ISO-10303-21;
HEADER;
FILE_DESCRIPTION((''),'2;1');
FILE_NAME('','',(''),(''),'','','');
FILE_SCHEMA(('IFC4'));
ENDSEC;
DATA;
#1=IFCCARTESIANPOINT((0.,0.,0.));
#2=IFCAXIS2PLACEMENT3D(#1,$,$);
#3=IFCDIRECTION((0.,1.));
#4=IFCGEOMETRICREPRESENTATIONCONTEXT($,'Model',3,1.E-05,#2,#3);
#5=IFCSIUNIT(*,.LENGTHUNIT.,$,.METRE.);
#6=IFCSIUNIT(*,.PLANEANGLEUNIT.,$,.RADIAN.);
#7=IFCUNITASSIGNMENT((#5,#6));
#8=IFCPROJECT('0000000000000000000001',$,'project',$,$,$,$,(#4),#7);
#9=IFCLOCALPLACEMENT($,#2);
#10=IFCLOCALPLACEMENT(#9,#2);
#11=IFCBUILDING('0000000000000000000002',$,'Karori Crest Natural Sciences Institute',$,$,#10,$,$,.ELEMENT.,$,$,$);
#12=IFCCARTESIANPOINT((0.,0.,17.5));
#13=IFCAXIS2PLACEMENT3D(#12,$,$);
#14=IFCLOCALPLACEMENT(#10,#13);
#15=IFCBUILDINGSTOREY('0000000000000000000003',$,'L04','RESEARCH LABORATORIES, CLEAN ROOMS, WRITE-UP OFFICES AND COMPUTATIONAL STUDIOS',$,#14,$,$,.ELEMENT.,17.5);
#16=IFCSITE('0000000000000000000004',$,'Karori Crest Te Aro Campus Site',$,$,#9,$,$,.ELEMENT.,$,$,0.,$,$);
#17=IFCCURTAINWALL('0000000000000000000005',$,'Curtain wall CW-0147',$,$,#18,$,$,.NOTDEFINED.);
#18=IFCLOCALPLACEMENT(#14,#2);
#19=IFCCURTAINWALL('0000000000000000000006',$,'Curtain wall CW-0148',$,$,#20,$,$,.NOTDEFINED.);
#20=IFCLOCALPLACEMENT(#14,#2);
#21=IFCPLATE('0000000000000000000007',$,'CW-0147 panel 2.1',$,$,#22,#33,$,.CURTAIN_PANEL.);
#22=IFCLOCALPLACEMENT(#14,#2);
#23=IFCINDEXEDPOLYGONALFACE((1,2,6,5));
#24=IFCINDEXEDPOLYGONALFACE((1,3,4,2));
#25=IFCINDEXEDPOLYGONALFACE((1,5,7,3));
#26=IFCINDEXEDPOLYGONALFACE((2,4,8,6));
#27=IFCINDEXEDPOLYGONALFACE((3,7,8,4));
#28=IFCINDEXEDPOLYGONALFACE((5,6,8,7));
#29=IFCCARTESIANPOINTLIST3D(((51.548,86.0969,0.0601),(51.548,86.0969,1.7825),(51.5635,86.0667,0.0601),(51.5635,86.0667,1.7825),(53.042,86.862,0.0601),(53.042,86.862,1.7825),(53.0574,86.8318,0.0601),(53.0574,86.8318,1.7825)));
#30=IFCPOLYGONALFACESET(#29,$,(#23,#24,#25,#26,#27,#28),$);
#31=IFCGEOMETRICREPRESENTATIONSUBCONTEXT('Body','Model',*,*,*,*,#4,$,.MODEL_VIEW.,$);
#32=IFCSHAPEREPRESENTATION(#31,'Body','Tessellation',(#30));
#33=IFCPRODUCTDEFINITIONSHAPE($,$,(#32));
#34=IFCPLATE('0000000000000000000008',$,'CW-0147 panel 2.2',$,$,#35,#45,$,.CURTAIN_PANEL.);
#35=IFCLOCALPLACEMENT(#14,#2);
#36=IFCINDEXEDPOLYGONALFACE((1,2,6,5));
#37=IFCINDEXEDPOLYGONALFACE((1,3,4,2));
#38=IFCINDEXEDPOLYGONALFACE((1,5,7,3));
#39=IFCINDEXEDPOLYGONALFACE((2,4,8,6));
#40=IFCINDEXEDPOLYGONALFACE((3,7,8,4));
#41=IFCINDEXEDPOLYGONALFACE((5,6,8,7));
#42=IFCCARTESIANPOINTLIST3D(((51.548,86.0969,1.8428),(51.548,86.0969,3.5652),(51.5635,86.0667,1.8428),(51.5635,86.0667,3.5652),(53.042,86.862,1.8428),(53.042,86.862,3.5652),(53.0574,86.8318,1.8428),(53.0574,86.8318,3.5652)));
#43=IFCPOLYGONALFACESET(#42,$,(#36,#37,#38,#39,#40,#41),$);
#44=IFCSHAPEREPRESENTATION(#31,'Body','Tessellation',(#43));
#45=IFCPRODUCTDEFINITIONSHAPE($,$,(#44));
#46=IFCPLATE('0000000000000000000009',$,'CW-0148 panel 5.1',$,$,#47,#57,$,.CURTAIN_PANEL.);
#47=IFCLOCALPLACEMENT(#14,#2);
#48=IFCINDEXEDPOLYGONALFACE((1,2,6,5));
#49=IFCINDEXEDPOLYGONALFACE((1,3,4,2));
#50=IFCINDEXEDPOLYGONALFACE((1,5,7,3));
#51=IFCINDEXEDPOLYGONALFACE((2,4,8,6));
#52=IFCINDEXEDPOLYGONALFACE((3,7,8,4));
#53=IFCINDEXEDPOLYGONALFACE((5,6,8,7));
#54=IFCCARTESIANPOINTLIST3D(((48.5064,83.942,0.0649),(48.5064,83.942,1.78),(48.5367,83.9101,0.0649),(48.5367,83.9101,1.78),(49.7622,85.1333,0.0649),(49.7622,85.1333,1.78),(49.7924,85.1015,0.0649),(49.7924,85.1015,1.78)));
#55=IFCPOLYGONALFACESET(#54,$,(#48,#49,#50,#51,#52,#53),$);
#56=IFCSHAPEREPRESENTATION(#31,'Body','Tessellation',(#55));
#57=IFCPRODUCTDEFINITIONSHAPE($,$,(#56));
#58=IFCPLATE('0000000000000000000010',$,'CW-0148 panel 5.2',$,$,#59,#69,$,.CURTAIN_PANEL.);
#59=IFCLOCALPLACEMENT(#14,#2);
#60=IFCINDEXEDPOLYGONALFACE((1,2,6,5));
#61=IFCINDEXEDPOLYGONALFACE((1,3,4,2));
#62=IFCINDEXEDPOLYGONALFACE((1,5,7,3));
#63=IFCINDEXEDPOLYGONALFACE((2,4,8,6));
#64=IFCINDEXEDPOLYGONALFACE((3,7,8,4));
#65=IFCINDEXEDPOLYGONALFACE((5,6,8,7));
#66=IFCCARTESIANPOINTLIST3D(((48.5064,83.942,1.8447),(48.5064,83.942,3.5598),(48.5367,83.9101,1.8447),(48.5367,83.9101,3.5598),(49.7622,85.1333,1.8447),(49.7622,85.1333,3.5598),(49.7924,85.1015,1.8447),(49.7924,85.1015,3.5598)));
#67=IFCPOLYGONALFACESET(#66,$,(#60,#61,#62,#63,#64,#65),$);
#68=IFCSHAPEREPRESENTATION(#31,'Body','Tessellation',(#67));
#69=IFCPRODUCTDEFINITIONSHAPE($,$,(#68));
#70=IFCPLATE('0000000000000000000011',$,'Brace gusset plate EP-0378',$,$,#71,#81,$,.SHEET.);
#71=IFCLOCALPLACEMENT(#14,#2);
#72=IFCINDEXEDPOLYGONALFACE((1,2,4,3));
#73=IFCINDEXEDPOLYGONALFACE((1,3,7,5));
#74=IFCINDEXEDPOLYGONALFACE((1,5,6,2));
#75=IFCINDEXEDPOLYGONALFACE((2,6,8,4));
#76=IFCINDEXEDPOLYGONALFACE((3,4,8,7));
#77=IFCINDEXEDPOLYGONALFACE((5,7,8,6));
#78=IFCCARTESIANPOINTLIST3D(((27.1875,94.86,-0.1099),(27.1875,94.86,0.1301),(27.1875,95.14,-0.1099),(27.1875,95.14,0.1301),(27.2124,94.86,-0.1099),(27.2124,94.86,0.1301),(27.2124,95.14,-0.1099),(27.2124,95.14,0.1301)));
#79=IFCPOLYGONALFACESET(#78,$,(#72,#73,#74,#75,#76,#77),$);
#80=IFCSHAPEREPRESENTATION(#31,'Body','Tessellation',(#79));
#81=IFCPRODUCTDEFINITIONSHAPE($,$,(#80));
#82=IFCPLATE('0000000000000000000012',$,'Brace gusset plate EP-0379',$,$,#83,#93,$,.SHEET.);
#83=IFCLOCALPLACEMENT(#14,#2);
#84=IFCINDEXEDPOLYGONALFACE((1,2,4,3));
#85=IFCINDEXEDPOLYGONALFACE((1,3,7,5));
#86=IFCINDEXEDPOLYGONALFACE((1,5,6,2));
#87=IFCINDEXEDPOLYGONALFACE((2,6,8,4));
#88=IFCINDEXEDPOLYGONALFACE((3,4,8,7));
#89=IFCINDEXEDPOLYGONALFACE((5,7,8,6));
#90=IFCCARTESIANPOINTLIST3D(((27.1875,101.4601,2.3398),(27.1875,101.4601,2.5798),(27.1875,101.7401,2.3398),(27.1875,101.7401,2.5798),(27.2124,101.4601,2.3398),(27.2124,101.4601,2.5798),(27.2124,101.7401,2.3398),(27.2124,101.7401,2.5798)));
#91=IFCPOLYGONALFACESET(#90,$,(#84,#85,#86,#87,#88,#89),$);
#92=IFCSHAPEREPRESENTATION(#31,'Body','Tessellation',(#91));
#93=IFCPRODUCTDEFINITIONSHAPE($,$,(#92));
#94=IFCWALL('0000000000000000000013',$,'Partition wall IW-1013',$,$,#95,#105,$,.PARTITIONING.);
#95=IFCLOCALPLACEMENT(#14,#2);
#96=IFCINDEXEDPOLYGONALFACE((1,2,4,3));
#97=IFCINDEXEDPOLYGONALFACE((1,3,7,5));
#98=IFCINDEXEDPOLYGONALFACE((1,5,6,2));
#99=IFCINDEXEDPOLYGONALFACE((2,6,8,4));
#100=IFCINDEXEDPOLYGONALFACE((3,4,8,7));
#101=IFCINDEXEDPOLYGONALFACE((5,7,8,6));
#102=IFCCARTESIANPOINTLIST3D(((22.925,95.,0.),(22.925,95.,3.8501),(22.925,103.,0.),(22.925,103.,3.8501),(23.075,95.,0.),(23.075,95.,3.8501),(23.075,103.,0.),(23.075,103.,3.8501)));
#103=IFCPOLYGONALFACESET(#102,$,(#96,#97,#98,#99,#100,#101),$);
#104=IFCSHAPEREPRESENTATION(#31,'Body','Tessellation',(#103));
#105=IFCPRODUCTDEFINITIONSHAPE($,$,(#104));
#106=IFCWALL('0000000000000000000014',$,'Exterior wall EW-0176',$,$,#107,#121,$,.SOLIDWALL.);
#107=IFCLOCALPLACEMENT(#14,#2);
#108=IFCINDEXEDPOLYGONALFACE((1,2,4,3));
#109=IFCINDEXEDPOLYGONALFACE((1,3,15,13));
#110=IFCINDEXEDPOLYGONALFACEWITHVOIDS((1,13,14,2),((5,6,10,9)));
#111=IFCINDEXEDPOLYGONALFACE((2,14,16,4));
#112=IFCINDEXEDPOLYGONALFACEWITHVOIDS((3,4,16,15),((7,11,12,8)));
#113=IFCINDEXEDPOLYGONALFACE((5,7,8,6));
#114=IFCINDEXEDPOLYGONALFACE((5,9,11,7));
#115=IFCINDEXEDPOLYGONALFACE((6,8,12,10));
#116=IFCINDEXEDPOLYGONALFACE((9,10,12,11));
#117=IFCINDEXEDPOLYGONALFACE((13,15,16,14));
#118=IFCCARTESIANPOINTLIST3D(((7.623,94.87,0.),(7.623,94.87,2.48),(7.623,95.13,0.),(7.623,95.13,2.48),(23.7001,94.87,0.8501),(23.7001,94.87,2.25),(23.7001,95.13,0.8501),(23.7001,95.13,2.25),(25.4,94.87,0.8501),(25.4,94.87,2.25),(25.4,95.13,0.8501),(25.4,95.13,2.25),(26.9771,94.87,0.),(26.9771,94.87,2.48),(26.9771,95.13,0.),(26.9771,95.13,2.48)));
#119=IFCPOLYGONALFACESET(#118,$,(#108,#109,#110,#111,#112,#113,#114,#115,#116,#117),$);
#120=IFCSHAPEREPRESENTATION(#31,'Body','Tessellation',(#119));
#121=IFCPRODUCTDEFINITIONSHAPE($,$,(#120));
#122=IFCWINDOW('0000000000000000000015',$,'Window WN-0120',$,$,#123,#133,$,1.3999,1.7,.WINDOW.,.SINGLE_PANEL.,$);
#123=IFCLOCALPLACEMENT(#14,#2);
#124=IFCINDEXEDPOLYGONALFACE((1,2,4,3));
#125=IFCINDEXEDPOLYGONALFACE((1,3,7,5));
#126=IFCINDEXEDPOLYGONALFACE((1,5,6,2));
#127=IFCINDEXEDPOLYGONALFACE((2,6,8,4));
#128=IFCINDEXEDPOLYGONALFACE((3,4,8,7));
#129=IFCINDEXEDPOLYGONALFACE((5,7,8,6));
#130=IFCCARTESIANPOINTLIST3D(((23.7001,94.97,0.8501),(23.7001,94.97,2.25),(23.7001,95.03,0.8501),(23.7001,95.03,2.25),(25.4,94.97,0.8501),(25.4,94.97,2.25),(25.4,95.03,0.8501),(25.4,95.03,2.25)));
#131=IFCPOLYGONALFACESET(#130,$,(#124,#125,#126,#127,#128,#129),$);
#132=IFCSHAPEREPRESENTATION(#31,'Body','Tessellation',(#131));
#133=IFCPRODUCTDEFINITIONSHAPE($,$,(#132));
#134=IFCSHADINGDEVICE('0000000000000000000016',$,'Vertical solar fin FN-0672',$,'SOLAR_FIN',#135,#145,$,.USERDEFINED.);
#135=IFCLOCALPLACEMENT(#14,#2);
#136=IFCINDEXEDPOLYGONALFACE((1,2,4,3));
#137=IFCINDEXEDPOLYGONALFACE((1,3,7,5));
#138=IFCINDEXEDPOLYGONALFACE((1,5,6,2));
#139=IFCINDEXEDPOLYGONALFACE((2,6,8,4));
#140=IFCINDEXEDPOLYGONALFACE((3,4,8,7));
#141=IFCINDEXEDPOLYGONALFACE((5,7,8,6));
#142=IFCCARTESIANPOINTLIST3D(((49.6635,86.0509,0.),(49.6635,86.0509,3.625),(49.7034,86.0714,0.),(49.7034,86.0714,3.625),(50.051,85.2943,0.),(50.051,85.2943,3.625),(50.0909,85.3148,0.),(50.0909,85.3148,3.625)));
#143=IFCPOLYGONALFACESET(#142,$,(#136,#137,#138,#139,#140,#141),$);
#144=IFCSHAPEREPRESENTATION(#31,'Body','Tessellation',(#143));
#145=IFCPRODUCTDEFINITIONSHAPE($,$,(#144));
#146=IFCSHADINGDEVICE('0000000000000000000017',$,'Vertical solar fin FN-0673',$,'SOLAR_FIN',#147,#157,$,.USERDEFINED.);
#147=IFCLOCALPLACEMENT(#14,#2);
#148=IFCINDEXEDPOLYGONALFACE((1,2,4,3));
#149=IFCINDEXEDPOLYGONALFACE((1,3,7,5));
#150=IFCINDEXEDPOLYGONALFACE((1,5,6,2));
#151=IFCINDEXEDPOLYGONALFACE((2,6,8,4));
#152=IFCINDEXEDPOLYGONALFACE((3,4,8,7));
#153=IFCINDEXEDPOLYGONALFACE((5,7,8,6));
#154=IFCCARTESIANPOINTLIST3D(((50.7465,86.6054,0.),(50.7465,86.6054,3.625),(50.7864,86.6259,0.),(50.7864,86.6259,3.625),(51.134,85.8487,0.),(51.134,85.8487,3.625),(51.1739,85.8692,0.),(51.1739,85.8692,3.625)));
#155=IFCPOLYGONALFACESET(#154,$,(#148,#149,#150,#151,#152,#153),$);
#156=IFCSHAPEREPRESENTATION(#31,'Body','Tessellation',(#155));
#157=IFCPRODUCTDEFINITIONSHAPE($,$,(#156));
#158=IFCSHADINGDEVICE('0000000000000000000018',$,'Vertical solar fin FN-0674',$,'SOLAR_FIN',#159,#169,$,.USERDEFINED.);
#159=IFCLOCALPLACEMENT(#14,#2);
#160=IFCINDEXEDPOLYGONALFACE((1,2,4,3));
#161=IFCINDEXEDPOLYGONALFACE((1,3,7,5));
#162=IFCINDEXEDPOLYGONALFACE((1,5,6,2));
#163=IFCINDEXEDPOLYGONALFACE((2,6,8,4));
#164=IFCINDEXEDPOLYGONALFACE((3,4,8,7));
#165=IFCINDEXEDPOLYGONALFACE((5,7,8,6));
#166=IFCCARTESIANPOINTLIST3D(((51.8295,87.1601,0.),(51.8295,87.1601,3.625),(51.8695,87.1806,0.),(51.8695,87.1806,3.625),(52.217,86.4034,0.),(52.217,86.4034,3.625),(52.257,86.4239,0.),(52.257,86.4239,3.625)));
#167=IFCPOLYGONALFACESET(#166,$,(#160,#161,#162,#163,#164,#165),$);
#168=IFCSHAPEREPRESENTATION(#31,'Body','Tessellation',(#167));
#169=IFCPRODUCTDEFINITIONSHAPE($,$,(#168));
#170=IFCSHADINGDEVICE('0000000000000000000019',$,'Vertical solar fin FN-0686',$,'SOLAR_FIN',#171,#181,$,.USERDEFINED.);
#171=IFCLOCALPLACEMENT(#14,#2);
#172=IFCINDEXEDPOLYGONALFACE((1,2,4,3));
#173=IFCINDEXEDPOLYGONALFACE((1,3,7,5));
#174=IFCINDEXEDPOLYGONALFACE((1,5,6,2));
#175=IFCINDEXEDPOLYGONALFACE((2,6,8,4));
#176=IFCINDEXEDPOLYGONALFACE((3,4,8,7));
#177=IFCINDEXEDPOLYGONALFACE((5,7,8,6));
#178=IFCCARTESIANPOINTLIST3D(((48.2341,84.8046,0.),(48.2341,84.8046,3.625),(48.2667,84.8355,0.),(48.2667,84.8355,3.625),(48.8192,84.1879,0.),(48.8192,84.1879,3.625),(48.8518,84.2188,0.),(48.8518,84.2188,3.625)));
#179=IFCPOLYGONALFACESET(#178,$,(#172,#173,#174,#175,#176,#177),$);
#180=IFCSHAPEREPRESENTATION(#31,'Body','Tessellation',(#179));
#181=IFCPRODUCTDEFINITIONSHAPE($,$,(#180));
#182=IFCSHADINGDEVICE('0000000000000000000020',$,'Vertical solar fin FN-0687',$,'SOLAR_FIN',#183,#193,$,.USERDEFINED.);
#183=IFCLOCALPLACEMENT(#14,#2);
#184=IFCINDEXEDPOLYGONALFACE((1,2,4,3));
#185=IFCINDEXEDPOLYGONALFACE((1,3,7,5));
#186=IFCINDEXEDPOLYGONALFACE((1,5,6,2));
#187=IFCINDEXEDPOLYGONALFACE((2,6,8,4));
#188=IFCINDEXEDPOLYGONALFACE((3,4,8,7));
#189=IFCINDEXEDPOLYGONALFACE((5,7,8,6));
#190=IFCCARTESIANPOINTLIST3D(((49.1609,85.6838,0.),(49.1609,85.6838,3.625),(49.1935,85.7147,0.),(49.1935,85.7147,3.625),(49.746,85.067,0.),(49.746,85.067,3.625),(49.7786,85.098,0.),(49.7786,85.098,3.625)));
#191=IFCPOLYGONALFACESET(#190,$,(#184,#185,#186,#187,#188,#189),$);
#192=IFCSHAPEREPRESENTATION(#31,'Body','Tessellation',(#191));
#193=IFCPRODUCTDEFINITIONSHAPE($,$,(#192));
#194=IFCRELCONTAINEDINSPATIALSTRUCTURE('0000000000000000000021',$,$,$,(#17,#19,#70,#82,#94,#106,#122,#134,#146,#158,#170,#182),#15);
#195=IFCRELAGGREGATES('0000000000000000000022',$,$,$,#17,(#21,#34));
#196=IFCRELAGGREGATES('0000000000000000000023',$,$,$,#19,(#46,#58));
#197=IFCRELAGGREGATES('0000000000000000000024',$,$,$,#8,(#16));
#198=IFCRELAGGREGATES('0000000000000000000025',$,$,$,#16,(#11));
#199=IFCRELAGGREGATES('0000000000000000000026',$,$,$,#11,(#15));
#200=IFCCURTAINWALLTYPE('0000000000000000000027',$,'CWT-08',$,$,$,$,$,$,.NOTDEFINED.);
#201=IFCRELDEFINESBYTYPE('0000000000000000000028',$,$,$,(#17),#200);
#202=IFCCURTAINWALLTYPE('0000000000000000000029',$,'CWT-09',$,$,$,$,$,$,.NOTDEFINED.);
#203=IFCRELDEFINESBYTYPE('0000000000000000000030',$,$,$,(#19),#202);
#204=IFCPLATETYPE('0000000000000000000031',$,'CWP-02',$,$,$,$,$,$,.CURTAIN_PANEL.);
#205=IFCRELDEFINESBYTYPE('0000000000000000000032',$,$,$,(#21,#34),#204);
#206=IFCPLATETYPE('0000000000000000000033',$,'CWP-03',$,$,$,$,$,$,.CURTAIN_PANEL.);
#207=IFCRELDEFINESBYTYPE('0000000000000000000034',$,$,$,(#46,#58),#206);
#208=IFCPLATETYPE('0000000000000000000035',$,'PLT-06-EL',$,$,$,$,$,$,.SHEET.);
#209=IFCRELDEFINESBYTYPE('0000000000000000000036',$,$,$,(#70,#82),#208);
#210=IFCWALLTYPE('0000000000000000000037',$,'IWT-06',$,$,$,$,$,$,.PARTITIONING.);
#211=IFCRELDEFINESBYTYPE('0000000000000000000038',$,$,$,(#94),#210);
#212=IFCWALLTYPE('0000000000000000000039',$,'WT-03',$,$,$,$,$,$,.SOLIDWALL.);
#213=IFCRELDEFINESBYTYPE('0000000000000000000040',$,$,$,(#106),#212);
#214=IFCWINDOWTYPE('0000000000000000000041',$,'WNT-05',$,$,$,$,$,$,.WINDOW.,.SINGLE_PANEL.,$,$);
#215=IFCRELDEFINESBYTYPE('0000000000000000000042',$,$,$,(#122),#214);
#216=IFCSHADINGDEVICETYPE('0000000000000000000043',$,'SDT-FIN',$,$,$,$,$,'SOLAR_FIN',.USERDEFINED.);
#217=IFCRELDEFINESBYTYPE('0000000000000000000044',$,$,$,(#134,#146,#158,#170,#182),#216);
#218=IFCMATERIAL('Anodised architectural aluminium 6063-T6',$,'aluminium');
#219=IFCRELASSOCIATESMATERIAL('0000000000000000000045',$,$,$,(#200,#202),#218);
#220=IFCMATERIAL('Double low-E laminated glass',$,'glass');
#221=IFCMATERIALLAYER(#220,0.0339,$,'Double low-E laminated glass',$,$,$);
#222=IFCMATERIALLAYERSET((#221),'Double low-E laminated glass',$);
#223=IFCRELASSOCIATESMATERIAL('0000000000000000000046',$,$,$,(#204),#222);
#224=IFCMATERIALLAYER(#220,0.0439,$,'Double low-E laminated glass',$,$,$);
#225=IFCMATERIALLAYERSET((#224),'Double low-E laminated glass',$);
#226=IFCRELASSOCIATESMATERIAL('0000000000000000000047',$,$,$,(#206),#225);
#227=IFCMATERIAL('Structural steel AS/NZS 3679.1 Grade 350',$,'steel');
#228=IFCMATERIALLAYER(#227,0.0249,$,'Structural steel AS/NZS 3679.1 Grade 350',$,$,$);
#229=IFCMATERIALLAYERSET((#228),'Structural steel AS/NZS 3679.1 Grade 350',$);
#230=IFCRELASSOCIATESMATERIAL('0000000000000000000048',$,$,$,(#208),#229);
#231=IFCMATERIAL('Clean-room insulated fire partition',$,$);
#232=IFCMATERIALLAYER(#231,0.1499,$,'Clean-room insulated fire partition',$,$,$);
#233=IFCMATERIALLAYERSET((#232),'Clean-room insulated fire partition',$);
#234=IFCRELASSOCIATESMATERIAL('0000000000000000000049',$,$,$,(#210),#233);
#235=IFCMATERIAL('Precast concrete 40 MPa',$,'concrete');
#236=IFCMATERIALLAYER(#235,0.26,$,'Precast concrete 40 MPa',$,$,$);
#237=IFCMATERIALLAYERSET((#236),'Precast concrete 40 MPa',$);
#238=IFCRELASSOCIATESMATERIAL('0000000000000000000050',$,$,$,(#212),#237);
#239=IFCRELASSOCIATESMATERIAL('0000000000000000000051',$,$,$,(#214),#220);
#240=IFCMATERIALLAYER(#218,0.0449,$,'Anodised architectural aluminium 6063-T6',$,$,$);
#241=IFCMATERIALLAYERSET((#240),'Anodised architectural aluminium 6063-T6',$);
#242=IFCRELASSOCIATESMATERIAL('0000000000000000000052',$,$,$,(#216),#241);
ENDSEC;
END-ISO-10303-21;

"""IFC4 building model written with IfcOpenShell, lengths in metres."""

from ifc_helpers import new_model, si_unit, direction, frame, frame_2d, origin, origin_2d, place, context, subcontext, project, spatial, rectangle, extrude, material, layer, layer_set, type_object, element, fill, aggregate, save


model = new_model("IFC4")

# Units and contexts
model_context = context("Model", 3, precision=1e-05, world=origin(), true_north=direction((0.0, 1.0)))
body_context = subcontext(model_context, "Body", "Model", "MODEL_VIEW")
ifc_project = project(units=[si_unit("LENGTHUNIT", "METRE"), si_unit("PLANEANGLEUNIT", "RADIAN")], contexts=[model_context])

# Site, building, storey
site_placement = place(None, origin())
site = spatial("IfcSite", under=ifc_project, at=site_placement, Name="Karori Crest Te Aro Campus Site", CompositionType="ELEMENT", RefElevation=0.0)
building_placement = place(site_placement, origin())
building = spatial("IfcBuilding", under=site, at=building_placement, Name="Karori Crest Natural Sciences Institute", CompositionType="ELEMENT")
storey_placement = place(building_placement, frame((0.0, 0.0, 17.5)))
storey = spatial("IfcBuildingStorey", under=building, at=storey_placement, Name="L04", Description="RESEARCH LABORATORIES, CLEAN ROOMS, WRITE-UP OFFICES AND COMPUTATIONAL STUDIOS", CompositionType="ELEMENT", Elevation=17.5)

# Shared definitions
ifc_material_1 = material(Name="Structural steel AS/NZS 3679.1 Grade 350", Category="steel")

# Curtain wall
ifc_material_2 = material(Name="Anodised architectural aluminium 6063-T6", Category="aluminium")
curtain_wall_type_1 = type_object("IfcCurtainWallType", Name="CWT-08", PredefinedType="NOTDEFINED", material=ifc_material_2)
curtain_wall_1_placement = place(storey_placement, origin())
curtain_wall_1 = element("IfcCurtainWall", 1, at=curtain_wall_1_placement, inside=storey, type_object=curtain_wall_type_1, Name="Curtain wall CW-0147", PredefinedType="NOTDEFINED")

# Curtain wall
curtain_wall_type_2 = type_object("IfcCurtainWallType", Name="CWT-09", PredefinedType="NOTDEFINED", material=ifc_material_2)
curtain_wall_2_placement = place(storey_placement, origin())
curtain_wall_2 = element("IfcCurtainWall", 2, at=curtain_wall_2_placement, inside=storey, type_object=curtain_wall_type_2, Name="Curtain wall CW-0148", PredefinedType="NOTDEFINED")

# Plates
ifc_material_3 = material(Name="Double low-E laminated glass", Category="glass")
ifc_layer_1 = layer(ifc_material_3, 0.0339, Name="Double low-E laminated glass")
ifc_layer_set_1 = layer_set([ifc_layer_1], Name="Double low-E laminated glass")
plate_type_1 = type_object("IfcPlateType", Name="CWP-02", PredefinedType="CURTAIN_PANEL", material=ifc_layer_set_1)
plate_1_placement = place(storey_placement, frame((52.3027, 86.4644, 0.0601), z_axis=(0.0, 0.0, 1.0), x_axis=(0.890067, 0.455829, 0.0)))
plate_1 = element("IfcPlate", 3, at=plate_1_placement, type_object=plate_type_1, Name="CW-0147 panel 2.1", PredefinedType="CURTAIN_PANEL", context=body_context, shape_type="SweptSolid", body=[
    extrude(rectangle(XDim=1.6785, YDim=0.0339, at=origin_2d()), origin(), (0.0, 0.0, 1.0), 1.7224),
])
plate_2_placement = place(storey_placement, frame((52.3027, 86.4644, 1.8428), z_axis=(0.0, 0.0, 1.0), x_axis=(0.890067, 0.455829, 0.0)))
plate_2 = element("IfcPlate", 4, at=plate_2_placement, type_object=plate_type_1, Name="CW-0147 panel 2.2", PredefinedType="CURTAIN_PANEL", context=body_context, shape_type="SweptSolid", body=[
    extrude(rectangle(XDim=1.6785, YDim=0.0339, at=origin_2d()), origin(), (0.0, 0.0, 1.0), 1.7224),
])
aggregate(curtain_wall_1, [plate_1, plate_2])
ifc_layer_2 = layer(ifc_material_3, 0.0439, Name="Double low-E laminated glass")
ifc_layer_set_2 = layer_set([ifc_layer_2], Name="Double low-E laminated glass")
plate_type_2 = type_object("IfcPlateType", Name="CWP-03", PredefinedType="CURTAIN_PANEL", material=ifc_layer_set_2)
plate_3_placement = place(storey_placement, frame((49.1494, 84.5217, 0.0649), z_axis=(0.0, 0.0, 1.0), x_axis=(0.725473, 0.688251, 0.0)))
plate_3 = element("IfcPlate", 5, at=plate_3_placement, type_object=plate_type_2, Name="CW-0148 panel 5.1", PredefinedType="CURTAIN_PANEL", context=body_context, shape_type="SweptSolid", body=[
    extrude(rectangle(XDim=1.731, YDim=0.0439, at=origin_2d()), origin(), (0.0, 0.0, 1.0), 1.7151),
])
plate_4_placement = place(storey_placement, frame((49.1494, 84.5217, 1.8447), z_axis=(0.0, 0.0, 1.0), x_axis=(0.725473, 0.688251, 0.0)))
plate_4 = element("IfcPlate", 6, at=plate_4_placement, type_object=plate_type_2, Name="CW-0148 panel 5.2", PredefinedType="CURTAIN_PANEL", context=body_context, shape_type="SweptSolid", body=[
    extrude(rectangle(XDim=1.731, YDim=0.0439, at=origin_2d()), origin(), (0.0, 0.0, 1.0), 1.7151),
])
aggregate(curtain_wall_2, [plate_3, plate_4])

# Plates
ifc_layer_3 = layer(ifc_material_1, 0.0249, Name="Structural steel AS/NZS 3679.1 Grade 350")
ifc_layer_set_3 = layer_set([ifc_layer_3], Name="Structural steel AS/NZS 3679.1 Grade 350")
plate_type_3 = type_object("IfcPlateType", Name="PLT-06-EL", PredefinedType="SHEET", material=ifc_layer_set_3)
for number, where, z_axis, x_axis, name in (
    (7, (27.2, 95.0, -0.1099), (0.0, 0.0, 1.0), (0.0, 1.0, 0.0), "Brace gusset plate EP-0378"),
    (8, (27.2, 101.6001, 2.3398), (0.0, 0.0, 1.0), (0.0, 1.0, 0.0), "Brace gusset plate EP-0379"),
):
    element("IfcPlate", number, at=place(storey_placement, frame(where, z_axis=z_axis, x_axis=x_axis)), inside=storey, type_object=plate_type_3, Name=name, PredefinedType="SHEET", context=body_context, shape_type="SweptSolid", body=[
        extrude(rectangle(XDim=0.28, YDim=0.0249, at=origin_2d()), origin(), (0.0, 0.0, 1.0), 0.24),
    ])

# Wall
ifc_material_4 = material(Name="Clean-room insulated fire partition")
ifc_layer_4 = layer(ifc_material_4, 0.1499, Name="Clean-room insulated fire partition")
ifc_layer_set_4 = layer_set([ifc_layer_4], Name="Clean-room insulated fire partition")
wall_type_1 = type_object("IfcWallType", Name="IWT-06", PredefinedType="PARTITIONING", material=ifc_layer_set_4)
wall_1_placement = place(storey_placement, frame((23.0, 95.0, 0.0), z_axis=(0.0, 0.0, 1.0), x_axis=(0.0, 1.0, 0.0)))
element("IfcWall", 9, at=wall_1_placement, inside=storey, type_object=wall_type_1, Name="Partition wall IW-1013", PredefinedType="PARTITIONING", context=body_context, shape_type="SweptSolid", body=[
    extrude(rectangle(XDim=8.0, YDim=0.1499, at=frame_2d((4.0, 0.0))), origin(), (0.0, 0.0, 1.0), 3.8501),
])

# Wall, opening, window
ifc_material_5 = material(Name="Precast concrete 40 MPa", Category="concrete")
ifc_layer_5 = layer(ifc_material_5, 0.26, Name="Precast concrete 40 MPa")
ifc_layer_set_5 = layer_set([ifc_layer_5], Name="Precast concrete 40 MPa")
wall_type_2 = type_object("IfcWallType", Name="WT-03", PredefinedType="SOLIDWALL", material=ifc_layer_set_5)
wall_2_placement = place(storey_placement, frame((26.9771, 95.0, 0.0), z_axis=(0.0, 0.0, 1.0), x_axis=(-1.0, 0.0, 0.0)))
wall_2 = element("IfcWall", 10, at=wall_2_placement, inside=storey, type_object=wall_type_2, Name="Exterior wall EW-0176", PredefinedType="SOLIDWALL", context=body_context, shape_type="SweptSolid", body=[
    extrude(rectangle(XDim=19.354, YDim=0.26, at=frame_2d((9.677, 0.0))), origin(), (0.0, 0.0, 1.0), 2.48),
])
opening_placement = place(wall_2_placement, frame((1.5769, 0.0, 0.8501)))
opening = element("IfcOpeningElement", 11, at=opening_placement, cuts=wall_2, PredefinedType="OPENING", context=body_context, shape_type="SweptSolid", body=[
    extrude(rectangle(XDim=1.7, YDim=1.3999, at=frame_2d((0.8501, 0.7))), frame((0.0, 0.1401, 0.0), z_axis=(0.0, -1.0, 0.0), x_axis=(1.0, 0.0, 0.0)), (0.0, 0.0, 1.0), 0.28),
])
window_type = type_object("IfcWindowType", Name="WNT-05", PartitioningType="SINGLE_PANEL", PredefinedType="WINDOW", material=ifc_material_3)
window_placement = place(opening_placement, origin())
window = element("IfcWindow", 12, at=window_placement, inside=storey, type_object=window_type, Name="Window WN-0120", OverallHeight=1.3999, OverallWidth=1.7, PartitioningType="SINGLE_PANEL", PredefinedType="WINDOW", context=body_context, shape_type="SweptSolid", body=[
    extrude(rectangle(XDim=1.7, YDim=1.3999, at=frame_2d((0.8501, 0.7))), frame((0.0, 0.03, 0.0), z_axis=(0.0, -1.0, 0.0), x_axis=(1.0, 0.0, 0.0)), (0.0, 0.0, 1.0), 0.0601),
])
fill(opening, window)

# Shading devices
ifc_layer_6 = layer(ifc_material_2, 0.0449, Name="Anodised architectural aluminium 6063-T6")
ifc_layer_set_6 = layer_set([ifc_layer_6], Name="Anodised architectural aluminium 6063-T6")
shading_device_type = type_object("IfcShadingDeviceType", Name="SDT-FIN", ElementType="SOLAR_FIN", PredefinedType="USERDEFINED", material=ifc_layer_set_6)
for number, where, z_axis, x_axis, name in (
    (13, (49.8772, 85.6829, 0.0), (0.0, 0.0, 1.0), (-0.455829, 0.890067, 0.0), "Vertical solar fin FN-0672"),
    (14, (50.9602, 86.2373, 0.0), (0.0, 0.0, 1.0), (-0.455829, 0.890067, 0.0), "Vertical solar fin FN-0673"),
    (15, (52.0432, 86.792, 0.0), (0.0, 0.0, 1.0), (-0.455829, 0.890067, 0.0), "Vertical solar fin FN-0674"),
    (16, (48.543, 84.5117, 0.0), (0.0, 0.0, 1.0), (-0.688251, 0.725473, 0.0), "Vertical solar fin FN-0686"),
    (17, (49.4697, 85.3909, 0.0), (0.0, 0.0, 1.0), (-0.688251, 0.725473, 0.0), "Vertical solar fin FN-0687"),
):
    element("IfcShadingDevice", number, at=place(storey_placement, frame(where, z_axis=z_axis, x_axis=x_axis)), inside=storey, type_object=shading_device_type, Name=name, ObjectType="SOLAR_FIN", PredefinedType="USERDEFINED", context=body_context, shape_type="SweptSolid", body=[
        extrude(rectangle(XDim=0.8501, YDim=0.0449, at=origin_2d()), origin(), (0.0, 0.0, 1.0), 3.625),
    ])

save(model, "model.ifc")
